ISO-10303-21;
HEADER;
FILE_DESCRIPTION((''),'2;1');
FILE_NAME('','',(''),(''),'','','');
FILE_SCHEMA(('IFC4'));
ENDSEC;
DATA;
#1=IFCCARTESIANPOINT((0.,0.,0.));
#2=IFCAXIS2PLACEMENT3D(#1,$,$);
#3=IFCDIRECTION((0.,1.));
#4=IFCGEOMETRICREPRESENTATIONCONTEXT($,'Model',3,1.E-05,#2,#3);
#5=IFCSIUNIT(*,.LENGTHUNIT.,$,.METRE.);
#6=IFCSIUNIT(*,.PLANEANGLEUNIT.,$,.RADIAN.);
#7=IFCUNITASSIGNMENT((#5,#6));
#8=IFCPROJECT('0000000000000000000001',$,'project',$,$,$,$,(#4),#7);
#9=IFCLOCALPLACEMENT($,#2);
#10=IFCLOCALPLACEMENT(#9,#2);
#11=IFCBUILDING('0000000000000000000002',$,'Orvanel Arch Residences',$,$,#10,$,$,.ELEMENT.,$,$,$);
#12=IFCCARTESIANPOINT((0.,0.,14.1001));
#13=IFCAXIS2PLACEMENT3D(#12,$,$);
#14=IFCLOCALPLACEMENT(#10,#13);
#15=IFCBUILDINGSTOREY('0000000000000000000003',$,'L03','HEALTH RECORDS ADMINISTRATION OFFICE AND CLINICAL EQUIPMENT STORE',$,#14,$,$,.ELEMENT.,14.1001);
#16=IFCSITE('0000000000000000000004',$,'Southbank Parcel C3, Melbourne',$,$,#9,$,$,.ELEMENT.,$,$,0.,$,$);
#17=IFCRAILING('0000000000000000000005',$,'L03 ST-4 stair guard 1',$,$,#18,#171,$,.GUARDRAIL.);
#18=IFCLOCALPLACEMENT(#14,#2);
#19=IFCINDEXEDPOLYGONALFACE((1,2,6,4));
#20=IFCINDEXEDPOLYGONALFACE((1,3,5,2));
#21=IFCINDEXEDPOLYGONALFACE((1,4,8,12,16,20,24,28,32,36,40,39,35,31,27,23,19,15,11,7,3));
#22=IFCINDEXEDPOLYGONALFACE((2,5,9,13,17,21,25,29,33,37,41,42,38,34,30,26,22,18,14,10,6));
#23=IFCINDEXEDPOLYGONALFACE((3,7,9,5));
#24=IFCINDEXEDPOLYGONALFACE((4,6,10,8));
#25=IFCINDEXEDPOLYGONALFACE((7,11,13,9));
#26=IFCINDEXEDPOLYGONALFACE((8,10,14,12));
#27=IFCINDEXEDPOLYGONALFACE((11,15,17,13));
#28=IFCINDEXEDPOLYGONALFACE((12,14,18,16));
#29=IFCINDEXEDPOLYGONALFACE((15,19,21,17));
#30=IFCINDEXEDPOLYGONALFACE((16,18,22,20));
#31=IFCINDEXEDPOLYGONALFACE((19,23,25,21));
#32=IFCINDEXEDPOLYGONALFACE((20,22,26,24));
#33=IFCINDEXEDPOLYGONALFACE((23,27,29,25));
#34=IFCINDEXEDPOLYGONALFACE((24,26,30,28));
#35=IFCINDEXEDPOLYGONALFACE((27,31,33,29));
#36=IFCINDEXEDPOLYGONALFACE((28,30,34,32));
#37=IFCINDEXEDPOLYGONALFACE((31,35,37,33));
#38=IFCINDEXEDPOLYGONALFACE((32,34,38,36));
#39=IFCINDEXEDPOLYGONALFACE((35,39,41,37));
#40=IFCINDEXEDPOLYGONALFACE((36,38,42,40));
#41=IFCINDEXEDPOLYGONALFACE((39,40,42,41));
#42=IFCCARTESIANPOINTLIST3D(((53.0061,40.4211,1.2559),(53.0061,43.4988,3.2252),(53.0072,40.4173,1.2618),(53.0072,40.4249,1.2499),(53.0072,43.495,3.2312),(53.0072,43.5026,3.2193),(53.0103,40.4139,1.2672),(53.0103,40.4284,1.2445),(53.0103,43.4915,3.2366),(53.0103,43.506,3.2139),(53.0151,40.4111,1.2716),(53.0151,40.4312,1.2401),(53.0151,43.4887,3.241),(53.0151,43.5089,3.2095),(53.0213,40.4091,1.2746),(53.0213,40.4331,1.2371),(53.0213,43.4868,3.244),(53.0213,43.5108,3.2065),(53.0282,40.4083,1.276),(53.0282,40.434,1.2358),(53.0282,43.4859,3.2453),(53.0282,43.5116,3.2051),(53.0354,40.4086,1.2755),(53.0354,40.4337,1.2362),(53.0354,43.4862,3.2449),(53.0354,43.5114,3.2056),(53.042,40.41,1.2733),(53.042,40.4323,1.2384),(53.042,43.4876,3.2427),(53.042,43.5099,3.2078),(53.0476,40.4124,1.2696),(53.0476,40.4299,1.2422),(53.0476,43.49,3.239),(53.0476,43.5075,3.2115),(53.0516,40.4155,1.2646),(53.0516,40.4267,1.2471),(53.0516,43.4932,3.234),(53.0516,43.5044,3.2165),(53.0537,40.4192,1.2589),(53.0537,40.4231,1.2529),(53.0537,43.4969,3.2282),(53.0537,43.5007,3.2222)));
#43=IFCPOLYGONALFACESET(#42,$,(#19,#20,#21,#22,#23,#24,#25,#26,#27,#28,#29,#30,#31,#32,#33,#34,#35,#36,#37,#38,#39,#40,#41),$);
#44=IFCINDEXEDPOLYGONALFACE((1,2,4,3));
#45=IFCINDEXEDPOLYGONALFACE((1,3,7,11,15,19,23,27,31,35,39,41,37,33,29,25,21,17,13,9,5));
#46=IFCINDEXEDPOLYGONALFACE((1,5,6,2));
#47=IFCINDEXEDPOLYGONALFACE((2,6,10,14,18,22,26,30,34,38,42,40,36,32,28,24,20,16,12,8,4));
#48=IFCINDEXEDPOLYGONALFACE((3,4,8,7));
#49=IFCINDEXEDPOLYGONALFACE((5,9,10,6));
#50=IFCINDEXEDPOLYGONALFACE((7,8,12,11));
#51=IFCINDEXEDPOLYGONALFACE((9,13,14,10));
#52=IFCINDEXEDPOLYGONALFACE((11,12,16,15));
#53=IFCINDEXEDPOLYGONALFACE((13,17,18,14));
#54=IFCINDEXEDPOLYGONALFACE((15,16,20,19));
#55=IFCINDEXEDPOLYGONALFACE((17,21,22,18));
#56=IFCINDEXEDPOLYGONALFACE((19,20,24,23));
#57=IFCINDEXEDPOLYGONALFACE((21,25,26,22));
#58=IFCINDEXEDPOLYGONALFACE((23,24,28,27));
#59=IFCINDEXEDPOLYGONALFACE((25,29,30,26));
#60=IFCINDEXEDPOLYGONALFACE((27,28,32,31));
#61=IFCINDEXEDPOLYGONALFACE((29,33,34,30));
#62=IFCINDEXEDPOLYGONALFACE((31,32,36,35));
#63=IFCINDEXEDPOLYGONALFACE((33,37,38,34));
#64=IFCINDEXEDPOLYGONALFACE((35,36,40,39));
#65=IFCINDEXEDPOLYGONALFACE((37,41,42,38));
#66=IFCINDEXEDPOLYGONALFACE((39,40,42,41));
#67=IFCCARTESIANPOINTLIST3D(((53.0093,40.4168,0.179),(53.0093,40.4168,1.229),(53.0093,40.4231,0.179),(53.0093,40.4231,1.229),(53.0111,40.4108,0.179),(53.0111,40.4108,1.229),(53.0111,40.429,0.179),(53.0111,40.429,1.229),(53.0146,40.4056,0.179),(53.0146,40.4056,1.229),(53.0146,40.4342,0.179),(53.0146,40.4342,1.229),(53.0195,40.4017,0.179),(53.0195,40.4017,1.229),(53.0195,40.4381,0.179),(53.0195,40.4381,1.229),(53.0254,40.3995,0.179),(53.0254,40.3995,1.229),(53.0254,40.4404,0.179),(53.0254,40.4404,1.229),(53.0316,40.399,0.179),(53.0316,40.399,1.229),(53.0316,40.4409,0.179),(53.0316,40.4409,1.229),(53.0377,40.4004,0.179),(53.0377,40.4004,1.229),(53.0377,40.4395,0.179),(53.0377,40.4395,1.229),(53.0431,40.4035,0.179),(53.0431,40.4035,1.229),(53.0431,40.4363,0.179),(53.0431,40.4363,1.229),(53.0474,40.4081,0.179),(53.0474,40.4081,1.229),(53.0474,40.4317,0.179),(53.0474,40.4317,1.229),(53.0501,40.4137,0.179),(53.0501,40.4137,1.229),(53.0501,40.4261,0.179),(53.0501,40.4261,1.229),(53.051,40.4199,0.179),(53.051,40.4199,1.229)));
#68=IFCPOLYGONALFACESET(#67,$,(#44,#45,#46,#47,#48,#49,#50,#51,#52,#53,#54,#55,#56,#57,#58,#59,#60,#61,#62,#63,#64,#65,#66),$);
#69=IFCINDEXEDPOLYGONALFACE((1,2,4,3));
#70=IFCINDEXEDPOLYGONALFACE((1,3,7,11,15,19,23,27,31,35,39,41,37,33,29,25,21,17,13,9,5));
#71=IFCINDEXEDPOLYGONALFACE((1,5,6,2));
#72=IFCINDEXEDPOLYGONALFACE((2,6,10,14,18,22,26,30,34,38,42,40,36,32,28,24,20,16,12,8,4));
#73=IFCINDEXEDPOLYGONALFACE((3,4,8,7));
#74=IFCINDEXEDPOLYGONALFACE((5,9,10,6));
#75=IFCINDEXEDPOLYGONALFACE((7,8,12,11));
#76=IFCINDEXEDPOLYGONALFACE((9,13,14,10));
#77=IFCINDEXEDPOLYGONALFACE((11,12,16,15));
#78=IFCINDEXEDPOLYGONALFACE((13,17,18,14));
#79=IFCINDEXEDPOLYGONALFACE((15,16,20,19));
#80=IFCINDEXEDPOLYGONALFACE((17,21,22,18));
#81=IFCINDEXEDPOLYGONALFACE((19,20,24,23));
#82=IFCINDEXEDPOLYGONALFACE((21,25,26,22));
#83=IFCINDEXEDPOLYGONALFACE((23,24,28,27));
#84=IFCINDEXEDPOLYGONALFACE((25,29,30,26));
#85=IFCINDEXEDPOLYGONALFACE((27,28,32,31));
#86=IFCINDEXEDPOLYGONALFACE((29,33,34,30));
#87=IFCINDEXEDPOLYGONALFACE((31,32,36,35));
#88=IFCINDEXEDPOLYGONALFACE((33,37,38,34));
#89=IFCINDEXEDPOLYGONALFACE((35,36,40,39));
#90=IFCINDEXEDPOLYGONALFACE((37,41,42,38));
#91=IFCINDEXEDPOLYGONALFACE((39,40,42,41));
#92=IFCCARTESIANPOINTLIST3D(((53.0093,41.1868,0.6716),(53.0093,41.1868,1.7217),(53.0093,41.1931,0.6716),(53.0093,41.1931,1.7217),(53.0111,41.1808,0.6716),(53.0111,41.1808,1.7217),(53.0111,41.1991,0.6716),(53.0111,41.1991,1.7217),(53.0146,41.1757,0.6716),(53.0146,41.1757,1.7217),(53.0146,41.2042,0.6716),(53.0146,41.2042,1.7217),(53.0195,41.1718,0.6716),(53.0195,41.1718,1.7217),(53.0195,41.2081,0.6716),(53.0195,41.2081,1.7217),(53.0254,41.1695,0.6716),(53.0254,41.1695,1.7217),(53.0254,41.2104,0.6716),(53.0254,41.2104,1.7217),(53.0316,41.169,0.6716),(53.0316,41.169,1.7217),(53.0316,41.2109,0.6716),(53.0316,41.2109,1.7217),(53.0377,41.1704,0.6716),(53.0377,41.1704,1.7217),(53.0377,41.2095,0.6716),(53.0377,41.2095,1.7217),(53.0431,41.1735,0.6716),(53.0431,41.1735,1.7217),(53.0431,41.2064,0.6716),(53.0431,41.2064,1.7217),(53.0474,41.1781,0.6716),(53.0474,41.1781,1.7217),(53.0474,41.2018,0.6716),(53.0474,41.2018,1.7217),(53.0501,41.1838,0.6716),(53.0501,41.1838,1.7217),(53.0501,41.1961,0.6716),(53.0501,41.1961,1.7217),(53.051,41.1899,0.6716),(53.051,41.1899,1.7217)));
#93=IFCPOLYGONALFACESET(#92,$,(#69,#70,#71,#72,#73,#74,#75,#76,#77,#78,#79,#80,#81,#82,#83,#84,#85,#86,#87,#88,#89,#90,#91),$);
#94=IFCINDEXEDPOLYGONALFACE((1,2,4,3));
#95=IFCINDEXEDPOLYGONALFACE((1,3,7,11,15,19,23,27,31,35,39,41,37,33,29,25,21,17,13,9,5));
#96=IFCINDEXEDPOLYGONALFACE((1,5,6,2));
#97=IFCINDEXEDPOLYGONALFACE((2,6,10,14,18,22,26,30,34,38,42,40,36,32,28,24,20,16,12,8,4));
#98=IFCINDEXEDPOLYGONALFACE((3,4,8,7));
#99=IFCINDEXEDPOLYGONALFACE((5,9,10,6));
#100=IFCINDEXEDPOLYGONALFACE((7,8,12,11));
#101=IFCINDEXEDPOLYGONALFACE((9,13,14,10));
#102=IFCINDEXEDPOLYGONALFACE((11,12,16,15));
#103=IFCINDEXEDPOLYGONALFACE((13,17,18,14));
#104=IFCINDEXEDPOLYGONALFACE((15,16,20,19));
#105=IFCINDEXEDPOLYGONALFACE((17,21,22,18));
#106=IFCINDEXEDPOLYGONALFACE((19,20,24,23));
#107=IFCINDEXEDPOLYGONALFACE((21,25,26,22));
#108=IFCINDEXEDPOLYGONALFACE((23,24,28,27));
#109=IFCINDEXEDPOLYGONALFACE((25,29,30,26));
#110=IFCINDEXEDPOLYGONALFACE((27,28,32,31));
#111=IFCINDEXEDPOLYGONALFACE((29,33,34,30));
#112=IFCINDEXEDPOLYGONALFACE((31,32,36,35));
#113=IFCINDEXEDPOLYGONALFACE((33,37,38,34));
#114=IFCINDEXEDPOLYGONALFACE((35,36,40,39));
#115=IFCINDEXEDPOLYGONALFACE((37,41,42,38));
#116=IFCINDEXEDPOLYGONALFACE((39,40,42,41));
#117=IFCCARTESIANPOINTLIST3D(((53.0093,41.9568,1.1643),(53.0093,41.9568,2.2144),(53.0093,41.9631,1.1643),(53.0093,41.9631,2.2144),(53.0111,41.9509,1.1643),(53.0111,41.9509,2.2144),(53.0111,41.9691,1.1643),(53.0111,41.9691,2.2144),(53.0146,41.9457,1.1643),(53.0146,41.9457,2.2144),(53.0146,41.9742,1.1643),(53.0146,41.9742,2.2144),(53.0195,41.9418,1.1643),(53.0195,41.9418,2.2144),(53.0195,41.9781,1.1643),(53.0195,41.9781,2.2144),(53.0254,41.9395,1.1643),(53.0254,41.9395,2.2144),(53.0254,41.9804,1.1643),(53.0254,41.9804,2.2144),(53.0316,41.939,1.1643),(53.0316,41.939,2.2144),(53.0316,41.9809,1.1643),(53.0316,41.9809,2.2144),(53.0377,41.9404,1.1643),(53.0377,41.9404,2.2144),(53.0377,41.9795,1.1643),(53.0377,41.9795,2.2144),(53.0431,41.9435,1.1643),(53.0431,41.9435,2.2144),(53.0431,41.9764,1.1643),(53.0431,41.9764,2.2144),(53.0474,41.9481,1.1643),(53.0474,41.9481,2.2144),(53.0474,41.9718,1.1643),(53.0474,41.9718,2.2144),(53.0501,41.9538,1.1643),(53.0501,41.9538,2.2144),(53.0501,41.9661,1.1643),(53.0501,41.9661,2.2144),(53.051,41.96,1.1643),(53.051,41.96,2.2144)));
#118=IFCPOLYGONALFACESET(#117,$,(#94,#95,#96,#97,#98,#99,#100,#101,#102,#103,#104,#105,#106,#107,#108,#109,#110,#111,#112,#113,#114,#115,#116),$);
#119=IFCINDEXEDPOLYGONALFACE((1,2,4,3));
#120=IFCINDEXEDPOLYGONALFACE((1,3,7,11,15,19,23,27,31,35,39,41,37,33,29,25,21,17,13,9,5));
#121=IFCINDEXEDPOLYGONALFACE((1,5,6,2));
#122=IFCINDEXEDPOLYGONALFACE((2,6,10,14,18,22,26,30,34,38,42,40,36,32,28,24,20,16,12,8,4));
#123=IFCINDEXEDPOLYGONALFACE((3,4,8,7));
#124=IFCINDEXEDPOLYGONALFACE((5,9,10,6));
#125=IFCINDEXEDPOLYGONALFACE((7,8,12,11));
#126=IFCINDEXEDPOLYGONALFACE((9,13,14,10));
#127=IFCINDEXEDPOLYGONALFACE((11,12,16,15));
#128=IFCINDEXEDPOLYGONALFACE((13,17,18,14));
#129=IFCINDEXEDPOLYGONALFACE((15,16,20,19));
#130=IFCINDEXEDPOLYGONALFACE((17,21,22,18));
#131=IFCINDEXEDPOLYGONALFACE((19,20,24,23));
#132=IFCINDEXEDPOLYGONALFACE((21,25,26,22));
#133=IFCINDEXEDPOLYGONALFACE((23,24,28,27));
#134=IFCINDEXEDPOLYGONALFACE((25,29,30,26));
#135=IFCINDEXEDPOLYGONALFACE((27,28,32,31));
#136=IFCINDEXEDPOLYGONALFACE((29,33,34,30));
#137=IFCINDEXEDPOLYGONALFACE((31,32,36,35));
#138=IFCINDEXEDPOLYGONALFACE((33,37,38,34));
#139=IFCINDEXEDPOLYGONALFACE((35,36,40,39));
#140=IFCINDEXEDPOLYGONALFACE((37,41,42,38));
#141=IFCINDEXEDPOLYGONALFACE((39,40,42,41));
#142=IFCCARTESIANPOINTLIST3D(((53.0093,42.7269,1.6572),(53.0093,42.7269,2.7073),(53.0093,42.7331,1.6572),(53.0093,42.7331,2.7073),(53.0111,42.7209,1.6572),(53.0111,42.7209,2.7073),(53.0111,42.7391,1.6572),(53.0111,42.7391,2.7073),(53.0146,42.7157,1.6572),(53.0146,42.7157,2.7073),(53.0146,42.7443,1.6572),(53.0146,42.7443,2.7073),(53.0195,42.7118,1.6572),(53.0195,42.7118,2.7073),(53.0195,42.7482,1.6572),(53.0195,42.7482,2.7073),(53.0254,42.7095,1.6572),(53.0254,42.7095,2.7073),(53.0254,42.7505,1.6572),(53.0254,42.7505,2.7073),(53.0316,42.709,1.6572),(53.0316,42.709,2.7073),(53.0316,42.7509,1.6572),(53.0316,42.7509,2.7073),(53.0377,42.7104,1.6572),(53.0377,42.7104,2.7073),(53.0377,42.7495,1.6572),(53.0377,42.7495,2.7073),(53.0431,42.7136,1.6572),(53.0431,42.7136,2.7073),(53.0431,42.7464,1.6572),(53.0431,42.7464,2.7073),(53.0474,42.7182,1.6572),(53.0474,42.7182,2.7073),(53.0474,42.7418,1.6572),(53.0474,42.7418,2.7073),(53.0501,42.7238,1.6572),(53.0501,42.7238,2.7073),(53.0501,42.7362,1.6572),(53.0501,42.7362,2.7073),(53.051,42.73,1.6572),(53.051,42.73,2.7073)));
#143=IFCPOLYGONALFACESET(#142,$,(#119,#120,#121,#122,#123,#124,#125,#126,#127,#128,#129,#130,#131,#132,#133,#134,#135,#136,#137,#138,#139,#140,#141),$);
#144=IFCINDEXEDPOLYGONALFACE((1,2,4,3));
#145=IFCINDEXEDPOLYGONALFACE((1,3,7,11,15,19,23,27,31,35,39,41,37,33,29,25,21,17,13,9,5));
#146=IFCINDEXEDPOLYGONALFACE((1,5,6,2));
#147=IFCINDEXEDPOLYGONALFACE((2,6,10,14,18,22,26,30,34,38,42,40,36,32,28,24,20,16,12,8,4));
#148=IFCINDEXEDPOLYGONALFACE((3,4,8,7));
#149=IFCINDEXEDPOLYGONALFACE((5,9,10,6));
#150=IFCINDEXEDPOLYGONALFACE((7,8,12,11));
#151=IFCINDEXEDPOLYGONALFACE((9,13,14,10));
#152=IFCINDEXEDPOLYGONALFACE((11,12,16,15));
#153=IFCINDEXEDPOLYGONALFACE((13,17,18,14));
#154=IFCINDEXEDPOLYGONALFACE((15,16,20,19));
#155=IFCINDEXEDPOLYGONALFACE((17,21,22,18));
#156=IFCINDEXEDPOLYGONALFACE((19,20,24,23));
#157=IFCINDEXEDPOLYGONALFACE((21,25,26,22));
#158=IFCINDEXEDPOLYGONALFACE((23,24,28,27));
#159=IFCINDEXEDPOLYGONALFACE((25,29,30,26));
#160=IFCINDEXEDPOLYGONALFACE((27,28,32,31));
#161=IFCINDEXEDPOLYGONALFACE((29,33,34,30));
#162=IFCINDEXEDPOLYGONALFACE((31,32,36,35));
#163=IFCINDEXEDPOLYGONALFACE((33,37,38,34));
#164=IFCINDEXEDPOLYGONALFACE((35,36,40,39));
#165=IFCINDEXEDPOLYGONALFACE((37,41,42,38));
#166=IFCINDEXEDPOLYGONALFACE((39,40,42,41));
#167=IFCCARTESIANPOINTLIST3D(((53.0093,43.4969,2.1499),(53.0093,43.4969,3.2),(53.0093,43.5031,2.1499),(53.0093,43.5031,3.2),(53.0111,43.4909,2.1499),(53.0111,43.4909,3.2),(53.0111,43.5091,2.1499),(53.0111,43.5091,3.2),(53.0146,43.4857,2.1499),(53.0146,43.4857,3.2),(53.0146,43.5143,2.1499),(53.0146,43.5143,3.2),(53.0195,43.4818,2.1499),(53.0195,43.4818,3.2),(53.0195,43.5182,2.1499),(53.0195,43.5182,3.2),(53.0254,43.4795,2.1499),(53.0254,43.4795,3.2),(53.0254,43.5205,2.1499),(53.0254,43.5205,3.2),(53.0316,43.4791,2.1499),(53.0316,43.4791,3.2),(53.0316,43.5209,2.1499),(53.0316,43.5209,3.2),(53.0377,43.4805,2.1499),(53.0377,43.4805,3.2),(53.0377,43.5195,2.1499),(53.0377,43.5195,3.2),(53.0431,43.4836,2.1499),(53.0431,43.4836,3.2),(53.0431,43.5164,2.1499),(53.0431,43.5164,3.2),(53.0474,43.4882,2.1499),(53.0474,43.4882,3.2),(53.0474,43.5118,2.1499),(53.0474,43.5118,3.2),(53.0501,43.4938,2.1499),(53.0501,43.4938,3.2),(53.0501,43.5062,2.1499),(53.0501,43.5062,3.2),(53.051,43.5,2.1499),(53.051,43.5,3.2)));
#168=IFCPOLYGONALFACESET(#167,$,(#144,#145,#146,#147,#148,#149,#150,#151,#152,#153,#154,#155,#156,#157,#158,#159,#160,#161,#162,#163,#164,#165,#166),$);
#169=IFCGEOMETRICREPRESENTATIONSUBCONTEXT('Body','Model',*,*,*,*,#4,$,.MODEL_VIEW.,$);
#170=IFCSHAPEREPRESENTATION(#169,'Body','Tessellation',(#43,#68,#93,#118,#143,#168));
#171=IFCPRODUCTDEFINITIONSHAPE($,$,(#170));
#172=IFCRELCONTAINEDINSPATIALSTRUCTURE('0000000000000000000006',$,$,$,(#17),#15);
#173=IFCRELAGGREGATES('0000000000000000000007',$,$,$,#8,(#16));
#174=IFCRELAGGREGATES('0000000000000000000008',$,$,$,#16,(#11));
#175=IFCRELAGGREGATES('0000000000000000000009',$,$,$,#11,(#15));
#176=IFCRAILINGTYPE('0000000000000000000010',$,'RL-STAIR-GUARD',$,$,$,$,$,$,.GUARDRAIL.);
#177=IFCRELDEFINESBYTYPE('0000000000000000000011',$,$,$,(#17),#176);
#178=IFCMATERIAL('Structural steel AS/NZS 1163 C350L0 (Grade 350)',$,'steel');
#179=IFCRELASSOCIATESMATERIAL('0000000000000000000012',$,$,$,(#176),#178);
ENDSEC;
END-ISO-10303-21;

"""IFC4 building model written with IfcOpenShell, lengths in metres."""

from ifc_helpers import new_model, si_unit, direction, frame, origin, origin_2d, place, context, subcontext, project, spatial, circle, extrude, material, type_object, element, save


model = new_model("IFC4")

# Units and contexts
model_context = context("Model", 3, precision=1e-05, world=origin(), true_north=direction((0.0, 1.0)))
body_context = subcontext(model_context, "Body", "Model", "MODEL_VIEW")
ifc_project = project(units=[si_unit("LENGTHUNIT", "METRE"), si_unit("PLANEANGLEUNIT", "RADIAN")], contexts=[model_context])

# Site, building, storey
site_placement = place(None, origin())
site = spatial("IfcSite", under=ifc_project, at=site_placement, Name="Southbank Parcel C3, Melbourne", CompositionType="ELEMENT", RefElevation=0.0)
building_placement = place(site_placement, origin())
building = spatial("IfcBuilding", under=site, at=building_placement, Name="Orvanel Arch Residences", CompositionType="ELEMENT")
storey_placement = place(building_placement, frame((0.0, 0.0, 14.1001)))
storey = spatial("IfcBuildingStorey", under=building, at=storey_placement, Name="L03", Description="HEALTH RECORDS ADMINISTRATION OFFICE AND CLINICAL EQUIPMENT STORE", CompositionType="ELEMENT", Elevation=14.1001)

# Railing
ifc_material_1 = material(Name="Structural steel AS/NZS 1163 C350L0 (Grade 350)", Category="steel")
railing_type_1 = type_object("IfcRailingType", Name="RL-STAIR-GUARD", PredefinedType="GUARDRAIL", material=ifc_material_1)
railing_1_placement = place(storey_placement, frame((53.03, 40.4199, 0.179)))
element("IfcRailing", 1, at=railing_1_placement, inside=storey, type_object=railing_type_1, Name="L03 ST-4 stair guard 1", PredefinedType="GUARDRAIL", context=body_context, shape_type="SweptSolid", body=[
    extrude(circle(Radius=0.0239, at=origin_2d()), frame((0.0, 0.0012, 1.0769), z_axis=(0.0, 0.842309, 0.538995), x_axis=(-1.0, 0.0, 0.0)), (0.0, 0.0, 1.0), 3.6538),
    extrude(circle(Radius=0.021, at=origin_2d()), origin(), (0.0, 0.0, 1.0), 1.05),
    extrude(circle(Radius=0.021, at=origin_2d()), frame((0.0, 0.77, 0.4927)), (0.0, 0.0, 1.0), 1.05),
    extrude(circle(Radius=0.021, at=origin_2d()), frame((0.0, 1.54, 0.9854)), (0.0, 0.0, 1.0), 1.05),
    extrude(circle(Radius=0.021, at=origin_2d()), frame((0.0, 2.3101, 1.4783)), (0.0, 0.0, 1.0), 1.05),
    extrude(circle(Radius=0.021, at=origin_2d()), frame((0.0, 3.0801, 1.9709)), (0.0, 0.0, 1.0), 1.05),
])

save(model, "model.ifc")
